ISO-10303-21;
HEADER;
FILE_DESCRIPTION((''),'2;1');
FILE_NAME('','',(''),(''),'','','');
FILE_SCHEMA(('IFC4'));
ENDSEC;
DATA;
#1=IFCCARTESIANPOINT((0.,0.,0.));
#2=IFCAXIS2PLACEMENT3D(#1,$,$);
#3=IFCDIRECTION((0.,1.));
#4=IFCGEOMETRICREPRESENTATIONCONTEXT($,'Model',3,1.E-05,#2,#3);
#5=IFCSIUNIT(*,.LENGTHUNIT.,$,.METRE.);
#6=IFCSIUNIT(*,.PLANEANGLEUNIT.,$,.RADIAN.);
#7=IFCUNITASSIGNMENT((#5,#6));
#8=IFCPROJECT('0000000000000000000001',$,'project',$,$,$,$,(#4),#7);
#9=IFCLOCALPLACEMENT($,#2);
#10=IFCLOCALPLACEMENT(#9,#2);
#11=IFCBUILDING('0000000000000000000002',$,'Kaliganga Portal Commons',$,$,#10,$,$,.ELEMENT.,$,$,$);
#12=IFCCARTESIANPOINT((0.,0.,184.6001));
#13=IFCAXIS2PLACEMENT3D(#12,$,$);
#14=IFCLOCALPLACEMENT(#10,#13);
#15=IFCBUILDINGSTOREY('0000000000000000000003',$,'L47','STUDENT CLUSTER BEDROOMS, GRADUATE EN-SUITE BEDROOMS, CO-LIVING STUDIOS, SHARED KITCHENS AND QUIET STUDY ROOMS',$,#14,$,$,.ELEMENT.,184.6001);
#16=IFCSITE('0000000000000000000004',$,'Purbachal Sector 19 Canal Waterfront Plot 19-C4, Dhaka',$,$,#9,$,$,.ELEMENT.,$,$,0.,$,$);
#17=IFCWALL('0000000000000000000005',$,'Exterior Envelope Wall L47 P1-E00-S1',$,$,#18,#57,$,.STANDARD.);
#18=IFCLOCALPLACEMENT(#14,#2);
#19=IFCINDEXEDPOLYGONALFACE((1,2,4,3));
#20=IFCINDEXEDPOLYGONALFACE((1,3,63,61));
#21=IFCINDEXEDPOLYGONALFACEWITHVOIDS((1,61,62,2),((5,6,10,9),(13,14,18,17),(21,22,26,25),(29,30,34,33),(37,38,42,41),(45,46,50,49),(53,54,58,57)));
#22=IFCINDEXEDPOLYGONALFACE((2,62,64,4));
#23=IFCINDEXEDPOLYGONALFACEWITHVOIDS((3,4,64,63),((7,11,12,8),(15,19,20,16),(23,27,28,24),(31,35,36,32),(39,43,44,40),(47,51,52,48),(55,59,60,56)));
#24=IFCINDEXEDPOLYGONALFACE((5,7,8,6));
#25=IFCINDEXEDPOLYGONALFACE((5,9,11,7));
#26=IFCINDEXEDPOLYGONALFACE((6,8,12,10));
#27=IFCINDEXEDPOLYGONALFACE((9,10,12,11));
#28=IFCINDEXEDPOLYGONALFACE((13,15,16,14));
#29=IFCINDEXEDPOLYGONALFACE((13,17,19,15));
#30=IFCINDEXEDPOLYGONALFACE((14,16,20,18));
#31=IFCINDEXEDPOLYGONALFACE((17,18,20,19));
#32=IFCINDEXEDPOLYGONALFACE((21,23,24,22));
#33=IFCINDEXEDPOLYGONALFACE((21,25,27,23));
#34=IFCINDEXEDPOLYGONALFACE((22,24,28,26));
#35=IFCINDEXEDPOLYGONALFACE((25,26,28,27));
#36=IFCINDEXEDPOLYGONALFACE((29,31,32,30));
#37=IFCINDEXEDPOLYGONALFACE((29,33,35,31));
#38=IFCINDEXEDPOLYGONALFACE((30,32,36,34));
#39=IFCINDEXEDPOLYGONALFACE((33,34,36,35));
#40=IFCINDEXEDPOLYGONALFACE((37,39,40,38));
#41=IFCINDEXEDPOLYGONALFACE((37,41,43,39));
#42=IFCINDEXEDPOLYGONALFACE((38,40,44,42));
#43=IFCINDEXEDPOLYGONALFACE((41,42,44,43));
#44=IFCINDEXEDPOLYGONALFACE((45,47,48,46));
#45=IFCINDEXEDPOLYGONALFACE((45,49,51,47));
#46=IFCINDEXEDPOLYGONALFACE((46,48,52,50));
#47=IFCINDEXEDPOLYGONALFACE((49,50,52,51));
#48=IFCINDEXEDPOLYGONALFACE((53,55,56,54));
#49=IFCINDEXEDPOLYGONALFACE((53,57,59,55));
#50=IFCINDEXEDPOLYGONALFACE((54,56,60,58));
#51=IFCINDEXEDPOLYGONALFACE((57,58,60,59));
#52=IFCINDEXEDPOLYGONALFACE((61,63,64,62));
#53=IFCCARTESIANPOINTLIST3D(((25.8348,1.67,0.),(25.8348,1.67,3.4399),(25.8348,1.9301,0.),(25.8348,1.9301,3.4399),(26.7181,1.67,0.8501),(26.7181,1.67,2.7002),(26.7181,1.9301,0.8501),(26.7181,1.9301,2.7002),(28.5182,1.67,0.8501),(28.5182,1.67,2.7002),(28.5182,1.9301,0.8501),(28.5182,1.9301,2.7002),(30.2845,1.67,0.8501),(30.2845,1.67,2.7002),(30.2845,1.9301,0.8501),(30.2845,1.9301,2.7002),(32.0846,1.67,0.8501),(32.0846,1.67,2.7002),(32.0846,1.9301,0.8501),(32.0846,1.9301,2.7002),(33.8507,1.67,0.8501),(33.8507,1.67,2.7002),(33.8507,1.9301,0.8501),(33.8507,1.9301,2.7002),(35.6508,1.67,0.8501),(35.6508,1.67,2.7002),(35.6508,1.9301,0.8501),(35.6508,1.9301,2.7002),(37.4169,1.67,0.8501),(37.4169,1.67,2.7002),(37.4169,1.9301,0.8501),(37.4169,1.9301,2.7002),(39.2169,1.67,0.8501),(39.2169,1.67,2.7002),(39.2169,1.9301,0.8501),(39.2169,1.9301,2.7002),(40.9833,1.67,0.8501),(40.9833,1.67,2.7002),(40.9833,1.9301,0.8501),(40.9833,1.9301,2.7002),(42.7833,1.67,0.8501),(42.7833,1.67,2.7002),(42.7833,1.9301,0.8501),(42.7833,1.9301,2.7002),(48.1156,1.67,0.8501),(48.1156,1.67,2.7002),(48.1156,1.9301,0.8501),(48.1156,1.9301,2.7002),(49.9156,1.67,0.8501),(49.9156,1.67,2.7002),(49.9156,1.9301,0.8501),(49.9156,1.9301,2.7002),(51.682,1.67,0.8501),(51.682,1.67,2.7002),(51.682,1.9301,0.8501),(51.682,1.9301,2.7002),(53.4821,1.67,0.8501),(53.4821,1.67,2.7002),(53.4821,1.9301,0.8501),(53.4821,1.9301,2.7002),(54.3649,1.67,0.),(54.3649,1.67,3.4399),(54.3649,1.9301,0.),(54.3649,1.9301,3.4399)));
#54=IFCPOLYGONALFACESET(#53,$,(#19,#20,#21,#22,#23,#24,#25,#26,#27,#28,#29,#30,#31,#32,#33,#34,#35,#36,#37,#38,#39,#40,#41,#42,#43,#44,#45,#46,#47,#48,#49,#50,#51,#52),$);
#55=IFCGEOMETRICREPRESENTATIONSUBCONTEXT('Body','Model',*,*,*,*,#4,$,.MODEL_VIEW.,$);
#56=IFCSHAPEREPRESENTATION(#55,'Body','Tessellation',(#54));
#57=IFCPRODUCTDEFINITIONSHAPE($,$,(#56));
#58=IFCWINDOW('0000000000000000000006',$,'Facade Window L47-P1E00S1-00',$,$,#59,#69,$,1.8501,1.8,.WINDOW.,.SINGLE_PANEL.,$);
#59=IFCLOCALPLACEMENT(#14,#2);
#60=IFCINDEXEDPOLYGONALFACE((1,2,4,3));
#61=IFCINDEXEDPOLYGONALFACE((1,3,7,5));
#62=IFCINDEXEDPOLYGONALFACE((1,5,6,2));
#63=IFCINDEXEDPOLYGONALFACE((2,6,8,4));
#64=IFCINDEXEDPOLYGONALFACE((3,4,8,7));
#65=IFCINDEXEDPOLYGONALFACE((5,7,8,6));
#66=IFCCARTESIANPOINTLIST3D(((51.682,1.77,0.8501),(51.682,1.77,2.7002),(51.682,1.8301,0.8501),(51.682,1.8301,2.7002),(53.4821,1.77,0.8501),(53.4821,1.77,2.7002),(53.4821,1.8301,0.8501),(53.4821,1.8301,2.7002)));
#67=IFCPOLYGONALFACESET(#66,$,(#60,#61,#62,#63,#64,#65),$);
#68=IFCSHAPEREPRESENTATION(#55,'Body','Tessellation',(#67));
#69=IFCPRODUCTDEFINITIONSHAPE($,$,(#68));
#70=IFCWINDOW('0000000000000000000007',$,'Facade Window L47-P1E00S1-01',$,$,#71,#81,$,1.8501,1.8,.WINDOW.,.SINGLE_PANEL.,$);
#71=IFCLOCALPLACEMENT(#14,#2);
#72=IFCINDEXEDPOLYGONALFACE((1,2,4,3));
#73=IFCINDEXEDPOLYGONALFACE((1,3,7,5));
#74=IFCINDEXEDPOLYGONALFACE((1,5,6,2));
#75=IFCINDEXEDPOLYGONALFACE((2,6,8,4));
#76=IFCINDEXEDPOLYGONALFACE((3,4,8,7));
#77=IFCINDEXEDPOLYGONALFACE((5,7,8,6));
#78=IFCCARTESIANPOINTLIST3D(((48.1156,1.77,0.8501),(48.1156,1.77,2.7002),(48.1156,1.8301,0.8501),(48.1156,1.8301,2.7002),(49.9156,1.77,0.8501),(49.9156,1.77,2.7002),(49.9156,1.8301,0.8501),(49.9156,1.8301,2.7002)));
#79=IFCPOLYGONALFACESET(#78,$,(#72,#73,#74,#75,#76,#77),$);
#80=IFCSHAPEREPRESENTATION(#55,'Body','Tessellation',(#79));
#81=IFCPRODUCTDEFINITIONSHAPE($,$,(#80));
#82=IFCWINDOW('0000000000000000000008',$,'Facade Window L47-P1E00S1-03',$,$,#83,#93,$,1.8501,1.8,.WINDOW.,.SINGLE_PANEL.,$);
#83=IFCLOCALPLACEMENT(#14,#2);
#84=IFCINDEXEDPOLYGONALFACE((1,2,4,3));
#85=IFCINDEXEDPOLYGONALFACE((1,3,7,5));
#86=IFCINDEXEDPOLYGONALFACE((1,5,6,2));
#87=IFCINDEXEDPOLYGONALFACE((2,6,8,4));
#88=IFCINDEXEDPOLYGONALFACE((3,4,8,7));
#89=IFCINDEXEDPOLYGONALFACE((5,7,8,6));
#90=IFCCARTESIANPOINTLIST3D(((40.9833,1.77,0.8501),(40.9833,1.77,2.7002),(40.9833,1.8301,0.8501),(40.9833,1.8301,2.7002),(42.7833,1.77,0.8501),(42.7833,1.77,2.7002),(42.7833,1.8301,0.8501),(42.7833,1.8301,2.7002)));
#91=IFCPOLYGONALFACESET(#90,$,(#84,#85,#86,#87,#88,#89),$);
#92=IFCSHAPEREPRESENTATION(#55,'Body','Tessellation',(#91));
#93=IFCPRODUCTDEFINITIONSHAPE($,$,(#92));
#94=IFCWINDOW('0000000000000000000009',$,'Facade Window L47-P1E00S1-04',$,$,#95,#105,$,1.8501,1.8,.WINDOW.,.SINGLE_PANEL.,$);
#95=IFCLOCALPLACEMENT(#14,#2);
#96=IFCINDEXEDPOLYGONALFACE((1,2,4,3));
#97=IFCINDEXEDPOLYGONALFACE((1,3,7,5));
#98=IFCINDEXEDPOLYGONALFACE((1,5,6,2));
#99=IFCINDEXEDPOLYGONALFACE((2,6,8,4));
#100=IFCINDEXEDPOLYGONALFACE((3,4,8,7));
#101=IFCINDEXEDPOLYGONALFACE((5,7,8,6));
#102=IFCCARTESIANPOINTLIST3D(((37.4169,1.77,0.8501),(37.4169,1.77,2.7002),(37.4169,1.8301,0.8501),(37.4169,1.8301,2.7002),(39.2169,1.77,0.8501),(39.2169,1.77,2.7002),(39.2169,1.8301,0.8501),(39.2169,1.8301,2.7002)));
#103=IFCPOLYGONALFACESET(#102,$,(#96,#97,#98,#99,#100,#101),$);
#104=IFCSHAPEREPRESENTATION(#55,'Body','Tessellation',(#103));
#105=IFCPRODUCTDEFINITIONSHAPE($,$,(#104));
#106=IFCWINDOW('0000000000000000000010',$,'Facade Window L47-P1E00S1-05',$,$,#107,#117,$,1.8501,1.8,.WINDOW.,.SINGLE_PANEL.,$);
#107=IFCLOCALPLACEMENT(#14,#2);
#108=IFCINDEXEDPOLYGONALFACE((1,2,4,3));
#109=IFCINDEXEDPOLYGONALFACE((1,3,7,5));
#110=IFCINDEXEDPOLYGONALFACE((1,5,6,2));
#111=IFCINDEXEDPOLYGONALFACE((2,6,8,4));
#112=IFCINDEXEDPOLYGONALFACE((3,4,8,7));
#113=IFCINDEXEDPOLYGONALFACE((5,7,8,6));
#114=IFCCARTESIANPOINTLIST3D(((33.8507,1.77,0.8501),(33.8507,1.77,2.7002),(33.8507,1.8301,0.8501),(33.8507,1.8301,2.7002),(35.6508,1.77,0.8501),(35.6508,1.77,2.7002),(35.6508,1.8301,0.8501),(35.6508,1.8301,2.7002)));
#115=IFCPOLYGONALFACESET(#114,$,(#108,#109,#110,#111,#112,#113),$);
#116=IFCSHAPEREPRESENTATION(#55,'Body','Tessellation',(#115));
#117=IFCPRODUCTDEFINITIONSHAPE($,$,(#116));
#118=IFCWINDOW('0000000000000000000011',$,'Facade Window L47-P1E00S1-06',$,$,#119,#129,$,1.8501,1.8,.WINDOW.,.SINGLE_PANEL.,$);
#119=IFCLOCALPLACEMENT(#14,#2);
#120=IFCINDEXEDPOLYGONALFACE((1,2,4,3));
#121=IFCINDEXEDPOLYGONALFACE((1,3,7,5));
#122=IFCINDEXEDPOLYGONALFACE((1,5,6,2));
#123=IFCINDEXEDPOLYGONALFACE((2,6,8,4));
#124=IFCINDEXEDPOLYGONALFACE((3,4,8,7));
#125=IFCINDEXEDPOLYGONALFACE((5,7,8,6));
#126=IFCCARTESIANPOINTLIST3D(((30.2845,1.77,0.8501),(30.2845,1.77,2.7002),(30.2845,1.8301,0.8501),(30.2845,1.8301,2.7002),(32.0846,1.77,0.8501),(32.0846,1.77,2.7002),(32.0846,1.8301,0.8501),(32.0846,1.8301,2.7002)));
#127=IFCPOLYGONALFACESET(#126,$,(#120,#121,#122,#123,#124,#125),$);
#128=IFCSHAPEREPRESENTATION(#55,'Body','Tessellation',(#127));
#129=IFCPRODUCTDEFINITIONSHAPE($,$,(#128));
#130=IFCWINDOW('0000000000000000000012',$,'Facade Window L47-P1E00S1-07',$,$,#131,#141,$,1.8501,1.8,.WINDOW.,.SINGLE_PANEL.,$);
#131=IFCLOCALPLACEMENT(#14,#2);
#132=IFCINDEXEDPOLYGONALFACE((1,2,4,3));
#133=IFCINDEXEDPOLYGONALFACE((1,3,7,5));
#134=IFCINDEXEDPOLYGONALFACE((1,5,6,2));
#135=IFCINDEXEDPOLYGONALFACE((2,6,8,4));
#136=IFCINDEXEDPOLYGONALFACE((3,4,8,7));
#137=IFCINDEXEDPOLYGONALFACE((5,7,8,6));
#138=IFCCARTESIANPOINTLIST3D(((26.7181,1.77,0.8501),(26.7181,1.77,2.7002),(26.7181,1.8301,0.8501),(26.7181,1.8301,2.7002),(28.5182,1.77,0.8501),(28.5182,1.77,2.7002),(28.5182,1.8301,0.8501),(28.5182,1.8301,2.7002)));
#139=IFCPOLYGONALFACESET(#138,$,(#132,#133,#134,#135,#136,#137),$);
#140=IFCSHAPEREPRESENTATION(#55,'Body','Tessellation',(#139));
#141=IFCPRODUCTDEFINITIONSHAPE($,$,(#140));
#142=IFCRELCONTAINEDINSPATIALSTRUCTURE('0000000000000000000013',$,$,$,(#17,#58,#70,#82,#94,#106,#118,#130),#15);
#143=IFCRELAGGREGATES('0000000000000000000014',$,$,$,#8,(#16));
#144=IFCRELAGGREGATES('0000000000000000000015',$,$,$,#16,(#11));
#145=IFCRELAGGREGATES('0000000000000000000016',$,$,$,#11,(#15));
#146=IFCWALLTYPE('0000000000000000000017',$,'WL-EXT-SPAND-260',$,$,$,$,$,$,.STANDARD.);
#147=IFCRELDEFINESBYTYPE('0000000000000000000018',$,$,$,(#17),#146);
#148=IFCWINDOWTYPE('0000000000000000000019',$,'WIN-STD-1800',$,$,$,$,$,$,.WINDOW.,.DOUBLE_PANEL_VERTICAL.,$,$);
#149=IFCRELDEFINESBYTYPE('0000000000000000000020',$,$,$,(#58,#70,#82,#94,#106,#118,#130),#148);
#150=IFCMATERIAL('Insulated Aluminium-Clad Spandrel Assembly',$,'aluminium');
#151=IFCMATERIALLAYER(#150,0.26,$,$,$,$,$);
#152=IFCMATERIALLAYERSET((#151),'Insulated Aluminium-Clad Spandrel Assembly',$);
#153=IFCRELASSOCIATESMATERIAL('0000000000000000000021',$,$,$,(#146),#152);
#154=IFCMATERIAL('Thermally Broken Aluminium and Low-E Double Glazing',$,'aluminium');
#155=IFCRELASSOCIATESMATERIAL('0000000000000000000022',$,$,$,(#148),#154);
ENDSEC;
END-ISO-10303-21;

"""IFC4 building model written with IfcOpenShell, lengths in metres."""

from ifc_helpers import new_model, si_unit, direction, frame, frame_2d, origin, place, context, subcontext, project, spatial, rectangle, extrude, material, layer, layer_set, type_object, element, fill, save


model = new_model("IFC4")

# Units and contexts
model_context = context("Model", 3, precision=1e-05, world=origin(), true_north=direction((0.0, 1.0)))
body_context = subcontext(model_context, "Body", "Model", "MODEL_VIEW")
ifc_project = project(units=[si_unit("LENGTHUNIT", "METRE"), si_unit("PLANEANGLEUNIT", "RADIAN")], contexts=[model_context])

# Site, building, storey
site_placement = place(None, origin())
site = spatial("IfcSite", under=ifc_project, at=site_placement, Name="Purbachal Sector 19 Canal Waterfront Plot 19-C4, Dhaka", CompositionType="ELEMENT", RefElevation=0.0)
building_placement = place(site_placement, origin())
building = spatial("IfcBuilding", under=site, at=building_placement, Name="Kaliganga Portal Commons", CompositionType="ELEMENT")
storey_placement = place(building_placement, frame((0.0, 0.0, 184.6001)))
storey = spatial("IfcBuildingStorey", under=building, at=storey_placement, Name="L47", Description="STUDENT CLUSTER BEDROOMS, GRADUATE EN-SUITE BEDROOMS, CO-LIVING STUDIOS, SHARED KITCHENS AND QUIET STUDY ROOMS", CompositionType="ELEMENT", Elevation=184.6001)

# Wall, openings, windows
ifc_material_1 = material(Name="Insulated Aluminium-Clad Spandrel Assembly", Category="aluminium")
ifc_layer_1 = layer(ifc_material_1, 0.26)
ifc_layer_set_1 = layer_set([ifc_layer_1], Name="Insulated Aluminium-Clad Spandrel Assembly")
wall_type_1 = type_object("IfcWallType", Name="WL-EXT-SPAND-260", PredefinedType="STANDARD", material=ifc_layer_set_1)
wall_1_placement = place(storey_placement, frame((54.365, 1.8, 0.0), z_axis=(0.0, 0.0, 1.0), x_axis=(-1.0, 0.0, 0.0)))
wall_1 = element("IfcWall", 1, at=wall_1_placement, inside=storey, type_object=wall_type_1, Name="Exterior Envelope Wall L47 P1-E00-S1", PredefinedType="STANDARD", context=body_context, shape_type="SweptSolid", body=[
    extrude(rectangle(XDim=28.53, YDim=0.26, at=frame_2d((14.2651, 0.0))), origin(), (0.0, 0.0, 1.0), 3.4399),
])
opening_1_placement = place(wall_1_placement, frame((0.8831, 0.0, 0.8501)))
opening_1 = element("IfcOpeningElement", 2, at=opening_1_placement, cuts=wall_1, PredefinedType="OPENING", context=body_context, shape_type="SweptSolid", body=[
    extrude(rectangle(XDim=1.8, YDim=1.8501, at=frame_2d((0.8999, 0.925))), frame((0.0, 0.1401, 0.0), z_axis=(0.0, -1.0, 0.0), x_axis=(1.0, 0.0, 0.0)), (0.0, 0.0, 1.0), 0.28),
])
opening_2_placement = place(wall_1_placement, frame((4.4495, 0.0, 0.8501)))
opening_2 = element("IfcOpeningElement", 3, at=opening_2_placement, cuts=wall_1, PredefinedType="OPENING", context=body_context, shape_type="SweptSolid", body=[
    extrude(rectangle(XDim=1.8, YDim=1.8501, at=frame_2d((0.8999, 0.925))), frame((0.0, 0.1401, 0.0), z_axis=(0.0, -1.0, 0.0), x_axis=(1.0, 0.0, 0.0)), (0.0, 0.0, 1.0), 0.28),
])
opening_3_placement = place(wall_1_placement, frame((11.5818, 0.0, 0.8501)))
opening_3 = element("IfcOpeningElement", 4, at=opening_3_placement, cuts=wall_1, PredefinedType="OPENING", context=body_context, shape_type="SweptSolid", body=[
    extrude(rectangle(XDim=1.8, YDim=1.8501, at=frame_2d((0.8999, 0.925))), frame((0.0, 0.1401, 0.0), z_axis=(0.0, -1.0, 0.0), x_axis=(1.0, 0.0, 0.0)), (0.0, 0.0, 1.0), 0.28),
])
opening_4_placement = place(wall_1_placement, frame((15.1482, 0.0, 0.8501)))
opening_4 = element("IfcOpeningElement", 5, at=opening_4_placement, cuts=wall_1, PredefinedType="OPENING", context=body_context, shape_type="SweptSolid", body=[
    extrude(rectangle(XDim=1.8, YDim=1.8501, at=frame_2d((0.8999, 0.925))), frame((0.0, 0.1401, 0.0), z_axis=(0.0, -1.0, 0.0), x_axis=(1.0, 0.0, 0.0)), (0.0, 0.0, 1.0), 0.28),
])
opening_5_placement = place(wall_1_placement, frame((18.7144, 0.0, 0.8501)))
opening_5 = element("IfcOpeningElement", 6, at=opening_5_placement, cuts=wall_1, PredefinedType="OPENING", context=body_context, shape_type="SweptSolid", body=[
    extrude(rectangle(XDim=1.8, YDim=1.8501, at=frame_2d((0.8999, 0.925))), frame((0.0, 0.1401, 0.0), z_axis=(0.0, -1.0, 0.0), x_axis=(1.0, 0.0, 0.0)), (0.0, 0.0, 1.0), 0.28),
])
opening_6_placement = place(wall_1_placement, frame((22.2805, 0.0, 0.8501)))
opening_6 = element("IfcOpeningElement", 7, at=opening_6_placement, cuts=wall_1, PredefinedType="OPENING", context=body_context, shape_type="SweptSolid", body=[
    extrude(rectangle(XDim=1.8, YDim=1.8501, at=frame_2d((0.8999, 0.925))), frame((0.0, 0.1401, 0.0), z_axis=(0.0, -1.0, 0.0), x_axis=(1.0, 0.0, 0.0)), (0.0, 0.0, 1.0), 0.28),
])
opening_7_placement = place(wall_1_placement, frame((25.8469, 0.0, 0.8501)))
opening_7 = element("IfcOpeningElement", 8, at=opening_7_placement, cuts=wall_1, PredefinedType="OPENING", context=body_context, shape_type="SweptSolid", body=[
    extrude(rectangle(XDim=1.8, YDim=1.8501, at=frame_2d((0.8999, 0.925))), frame((0.0, 0.1401, 0.0), z_axis=(0.0, -1.0, 0.0), x_axis=(1.0, 0.0, 0.0)), (0.0, 0.0, 1.0), 0.28),
])
ifc_material_2 = material(Name="Thermally Broken Aluminium and Low-E Double Glazing", Category="aluminium")
window_type = type_object("IfcWindowType", Name="WIN-STD-1800", PartitioningType="DOUBLE_PANEL_VERTICAL", PredefinedType="WINDOW", material=ifc_material_2)
window_1_placement = place(opening_1_placement, origin())
window_1 = element("IfcWindow", 9, at=window_1_placement, inside=storey, type_object=window_type, Name="Facade Window L47-P1E00S1-00", OverallHeight=1.8501, OverallWidth=1.8, PartitioningType="SINGLE_PANEL", PredefinedType="WINDOW", context=body_context, shape_type="SweptSolid", body=[
    extrude(rectangle(XDim=1.8, YDim=1.8501, at=frame_2d((0.8999, 0.925))), frame((0.0, 0.03, 0.0), z_axis=(0.0, -1.0, 0.0), x_axis=(1.0, 0.0, 0.0)), (0.0, 0.0, 1.0), 0.0601),
])
fill(opening_1, window_1)
window_2_placement = place(opening_2_placement, origin())
window_2 = element("IfcWindow", 10, at=window_2_placement, inside=storey, type_object=window_type, Name="Facade Window L47-P1E00S1-01", OverallHeight=1.8501, OverallWidth=1.8, PartitioningType="SINGLE_PANEL", PredefinedType="WINDOW", context=body_context, shape_type="SweptSolid", body=[
    extrude(rectangle(XDim=1.8, YDim=1.8501, at=frame_2d((0.8999, 0.925))), frame((0.0, 0.03, 0.0), z_axis=(0.0, -1.0, 0.0), x_axis=(1.0, 0.0, 0.0)), (0.0, 0.0, 1.0), 0.0601),
])
fill(opening_2, window_2)
window_3_placement = place(opening_3_placement, origin())
window_3 = element("IfcWindow", 11, at=window_3_placement, inside=storey, type_object=window_type, Name="Facade Window L47-P1E00S1-03", OverallHeight=1.8501, OverallWidth=1.8, PartitioningType="SINGLE_PANEL", PredefinedType="WINDOW", context=body_context, shape_type="SweptSolid", body=[
    extrude(rectangle(XDim=1.8, YDim=1.8501, at=frame_2d((0.8999, 0.925))), frame((0.0, 0.03, 0.0), z_axis=(0.0, -1.0, 0.0), x_axis=(1.0, 0.0, 0.0)), (0.0, 0.0, 1.0), 0.0601),
])
fill(opening_3, window_3)
window_4_placement = place(opening_4_placement, origin())
window_4 = element("IfcWindow", 12, at=window_4_placement, inside=storey, type_object=window_type, Name="Facade Window L47-P1E00S1-04", OverallHeight=1.8501, OverallWidth=1.8, PartitioningType="SINGLE_PANEL", PredefinedType="WINDOW", context=body_context, shape_type="SweptSolid", body=[
    extrude(rectangle(XDim=1.8, YDim=1.8501, at=frame_2d((0.8999, 0.925))), frame((0.0, 0.03, 0.0), z_axis=(0.0, -1.0, 0.0), x_axis=(1.0, 0.0, 0.0)), (0.0, 0.0, 1.0), 0.0601),
])
fill(opening_4, window_4)
window_5_placement = place(opening_5_placement, origin())
window_5 = element("IfcWindow", 13, at=window_5_placement, inside=storey, type_object=window_type, Name="Facade Window L47-P1E00S1-05", OverallHeight=1.8501, OverallWidth=1.8, PartitioningType="SINGLE_PANEL", PredefinedType="WINDOW", context=body_context, shape_type="SweptSolid", body=[
    extrude(rectangle(XDim=1.8, YDim=1.8501, at=frame_2d((0.8999, 0.925))), frame((0.0, 0.03, 0.0), z_axis=(0.0, -1.0, 0.0), x_axis=(1.0, 0.0, 0.0)), (0.0, 0.0, 1.0), 0.0601),
])
fill(opening_5, window_5)
window_6_placement = place(opening_6_placement, origin())
window_6 = element("IfcWindow", 14, at=window_6_placement, inside=storey, type_object=window_type, Name="Facade Window L47-P1E00S1-06", OverallHeight=1.8501, OverallWidth=1.8, PartitioningType="SINGLE_PANEL", PredefinedType="WINDOW", context=body_context, shape_type="SweptSolid", body=[
    extrude(rectangle(XDim=1.8, YDim=1.8501, at=frame_2d((0.8999, 0.925))), frame((0.0, 0.03, 0.0), z_axis=(0.0, -1.0, 0.0), x_axis=(1.0, 0.0, 0.0)), (0.0, 0.0, 1.0), 0.0601),
])
fill(opening_6, window_6)
window_7_placement = place(opening_7_placement, origin())
window_7 = element("IfcWindow", 15, at=window_7_placement, inside=storey, type_object=window_type, Name="Facade Window L47-P1E00S1-07", OverallHeight=1.8501, OverallWidth=1.8, PartitioningType="SINGLE_PANEL", PredefinedType="WINDOW", context=body_context, shape_type="SweptSolid", body=[
    extrude(rectangle(XDim=1.8, YDim=1.8501, at=frame_2d((0.8999, 0.925))), frame((0.0, 0.03, 0.0), z_axis=(0.0, -1.0, 0.0), x_axis=(1.0, 0.0, 0.0)), (0.0, 0.0, 1.0), 0.0601),
])
fill(opening_7, window_7)

save(model, "model.ifc")
